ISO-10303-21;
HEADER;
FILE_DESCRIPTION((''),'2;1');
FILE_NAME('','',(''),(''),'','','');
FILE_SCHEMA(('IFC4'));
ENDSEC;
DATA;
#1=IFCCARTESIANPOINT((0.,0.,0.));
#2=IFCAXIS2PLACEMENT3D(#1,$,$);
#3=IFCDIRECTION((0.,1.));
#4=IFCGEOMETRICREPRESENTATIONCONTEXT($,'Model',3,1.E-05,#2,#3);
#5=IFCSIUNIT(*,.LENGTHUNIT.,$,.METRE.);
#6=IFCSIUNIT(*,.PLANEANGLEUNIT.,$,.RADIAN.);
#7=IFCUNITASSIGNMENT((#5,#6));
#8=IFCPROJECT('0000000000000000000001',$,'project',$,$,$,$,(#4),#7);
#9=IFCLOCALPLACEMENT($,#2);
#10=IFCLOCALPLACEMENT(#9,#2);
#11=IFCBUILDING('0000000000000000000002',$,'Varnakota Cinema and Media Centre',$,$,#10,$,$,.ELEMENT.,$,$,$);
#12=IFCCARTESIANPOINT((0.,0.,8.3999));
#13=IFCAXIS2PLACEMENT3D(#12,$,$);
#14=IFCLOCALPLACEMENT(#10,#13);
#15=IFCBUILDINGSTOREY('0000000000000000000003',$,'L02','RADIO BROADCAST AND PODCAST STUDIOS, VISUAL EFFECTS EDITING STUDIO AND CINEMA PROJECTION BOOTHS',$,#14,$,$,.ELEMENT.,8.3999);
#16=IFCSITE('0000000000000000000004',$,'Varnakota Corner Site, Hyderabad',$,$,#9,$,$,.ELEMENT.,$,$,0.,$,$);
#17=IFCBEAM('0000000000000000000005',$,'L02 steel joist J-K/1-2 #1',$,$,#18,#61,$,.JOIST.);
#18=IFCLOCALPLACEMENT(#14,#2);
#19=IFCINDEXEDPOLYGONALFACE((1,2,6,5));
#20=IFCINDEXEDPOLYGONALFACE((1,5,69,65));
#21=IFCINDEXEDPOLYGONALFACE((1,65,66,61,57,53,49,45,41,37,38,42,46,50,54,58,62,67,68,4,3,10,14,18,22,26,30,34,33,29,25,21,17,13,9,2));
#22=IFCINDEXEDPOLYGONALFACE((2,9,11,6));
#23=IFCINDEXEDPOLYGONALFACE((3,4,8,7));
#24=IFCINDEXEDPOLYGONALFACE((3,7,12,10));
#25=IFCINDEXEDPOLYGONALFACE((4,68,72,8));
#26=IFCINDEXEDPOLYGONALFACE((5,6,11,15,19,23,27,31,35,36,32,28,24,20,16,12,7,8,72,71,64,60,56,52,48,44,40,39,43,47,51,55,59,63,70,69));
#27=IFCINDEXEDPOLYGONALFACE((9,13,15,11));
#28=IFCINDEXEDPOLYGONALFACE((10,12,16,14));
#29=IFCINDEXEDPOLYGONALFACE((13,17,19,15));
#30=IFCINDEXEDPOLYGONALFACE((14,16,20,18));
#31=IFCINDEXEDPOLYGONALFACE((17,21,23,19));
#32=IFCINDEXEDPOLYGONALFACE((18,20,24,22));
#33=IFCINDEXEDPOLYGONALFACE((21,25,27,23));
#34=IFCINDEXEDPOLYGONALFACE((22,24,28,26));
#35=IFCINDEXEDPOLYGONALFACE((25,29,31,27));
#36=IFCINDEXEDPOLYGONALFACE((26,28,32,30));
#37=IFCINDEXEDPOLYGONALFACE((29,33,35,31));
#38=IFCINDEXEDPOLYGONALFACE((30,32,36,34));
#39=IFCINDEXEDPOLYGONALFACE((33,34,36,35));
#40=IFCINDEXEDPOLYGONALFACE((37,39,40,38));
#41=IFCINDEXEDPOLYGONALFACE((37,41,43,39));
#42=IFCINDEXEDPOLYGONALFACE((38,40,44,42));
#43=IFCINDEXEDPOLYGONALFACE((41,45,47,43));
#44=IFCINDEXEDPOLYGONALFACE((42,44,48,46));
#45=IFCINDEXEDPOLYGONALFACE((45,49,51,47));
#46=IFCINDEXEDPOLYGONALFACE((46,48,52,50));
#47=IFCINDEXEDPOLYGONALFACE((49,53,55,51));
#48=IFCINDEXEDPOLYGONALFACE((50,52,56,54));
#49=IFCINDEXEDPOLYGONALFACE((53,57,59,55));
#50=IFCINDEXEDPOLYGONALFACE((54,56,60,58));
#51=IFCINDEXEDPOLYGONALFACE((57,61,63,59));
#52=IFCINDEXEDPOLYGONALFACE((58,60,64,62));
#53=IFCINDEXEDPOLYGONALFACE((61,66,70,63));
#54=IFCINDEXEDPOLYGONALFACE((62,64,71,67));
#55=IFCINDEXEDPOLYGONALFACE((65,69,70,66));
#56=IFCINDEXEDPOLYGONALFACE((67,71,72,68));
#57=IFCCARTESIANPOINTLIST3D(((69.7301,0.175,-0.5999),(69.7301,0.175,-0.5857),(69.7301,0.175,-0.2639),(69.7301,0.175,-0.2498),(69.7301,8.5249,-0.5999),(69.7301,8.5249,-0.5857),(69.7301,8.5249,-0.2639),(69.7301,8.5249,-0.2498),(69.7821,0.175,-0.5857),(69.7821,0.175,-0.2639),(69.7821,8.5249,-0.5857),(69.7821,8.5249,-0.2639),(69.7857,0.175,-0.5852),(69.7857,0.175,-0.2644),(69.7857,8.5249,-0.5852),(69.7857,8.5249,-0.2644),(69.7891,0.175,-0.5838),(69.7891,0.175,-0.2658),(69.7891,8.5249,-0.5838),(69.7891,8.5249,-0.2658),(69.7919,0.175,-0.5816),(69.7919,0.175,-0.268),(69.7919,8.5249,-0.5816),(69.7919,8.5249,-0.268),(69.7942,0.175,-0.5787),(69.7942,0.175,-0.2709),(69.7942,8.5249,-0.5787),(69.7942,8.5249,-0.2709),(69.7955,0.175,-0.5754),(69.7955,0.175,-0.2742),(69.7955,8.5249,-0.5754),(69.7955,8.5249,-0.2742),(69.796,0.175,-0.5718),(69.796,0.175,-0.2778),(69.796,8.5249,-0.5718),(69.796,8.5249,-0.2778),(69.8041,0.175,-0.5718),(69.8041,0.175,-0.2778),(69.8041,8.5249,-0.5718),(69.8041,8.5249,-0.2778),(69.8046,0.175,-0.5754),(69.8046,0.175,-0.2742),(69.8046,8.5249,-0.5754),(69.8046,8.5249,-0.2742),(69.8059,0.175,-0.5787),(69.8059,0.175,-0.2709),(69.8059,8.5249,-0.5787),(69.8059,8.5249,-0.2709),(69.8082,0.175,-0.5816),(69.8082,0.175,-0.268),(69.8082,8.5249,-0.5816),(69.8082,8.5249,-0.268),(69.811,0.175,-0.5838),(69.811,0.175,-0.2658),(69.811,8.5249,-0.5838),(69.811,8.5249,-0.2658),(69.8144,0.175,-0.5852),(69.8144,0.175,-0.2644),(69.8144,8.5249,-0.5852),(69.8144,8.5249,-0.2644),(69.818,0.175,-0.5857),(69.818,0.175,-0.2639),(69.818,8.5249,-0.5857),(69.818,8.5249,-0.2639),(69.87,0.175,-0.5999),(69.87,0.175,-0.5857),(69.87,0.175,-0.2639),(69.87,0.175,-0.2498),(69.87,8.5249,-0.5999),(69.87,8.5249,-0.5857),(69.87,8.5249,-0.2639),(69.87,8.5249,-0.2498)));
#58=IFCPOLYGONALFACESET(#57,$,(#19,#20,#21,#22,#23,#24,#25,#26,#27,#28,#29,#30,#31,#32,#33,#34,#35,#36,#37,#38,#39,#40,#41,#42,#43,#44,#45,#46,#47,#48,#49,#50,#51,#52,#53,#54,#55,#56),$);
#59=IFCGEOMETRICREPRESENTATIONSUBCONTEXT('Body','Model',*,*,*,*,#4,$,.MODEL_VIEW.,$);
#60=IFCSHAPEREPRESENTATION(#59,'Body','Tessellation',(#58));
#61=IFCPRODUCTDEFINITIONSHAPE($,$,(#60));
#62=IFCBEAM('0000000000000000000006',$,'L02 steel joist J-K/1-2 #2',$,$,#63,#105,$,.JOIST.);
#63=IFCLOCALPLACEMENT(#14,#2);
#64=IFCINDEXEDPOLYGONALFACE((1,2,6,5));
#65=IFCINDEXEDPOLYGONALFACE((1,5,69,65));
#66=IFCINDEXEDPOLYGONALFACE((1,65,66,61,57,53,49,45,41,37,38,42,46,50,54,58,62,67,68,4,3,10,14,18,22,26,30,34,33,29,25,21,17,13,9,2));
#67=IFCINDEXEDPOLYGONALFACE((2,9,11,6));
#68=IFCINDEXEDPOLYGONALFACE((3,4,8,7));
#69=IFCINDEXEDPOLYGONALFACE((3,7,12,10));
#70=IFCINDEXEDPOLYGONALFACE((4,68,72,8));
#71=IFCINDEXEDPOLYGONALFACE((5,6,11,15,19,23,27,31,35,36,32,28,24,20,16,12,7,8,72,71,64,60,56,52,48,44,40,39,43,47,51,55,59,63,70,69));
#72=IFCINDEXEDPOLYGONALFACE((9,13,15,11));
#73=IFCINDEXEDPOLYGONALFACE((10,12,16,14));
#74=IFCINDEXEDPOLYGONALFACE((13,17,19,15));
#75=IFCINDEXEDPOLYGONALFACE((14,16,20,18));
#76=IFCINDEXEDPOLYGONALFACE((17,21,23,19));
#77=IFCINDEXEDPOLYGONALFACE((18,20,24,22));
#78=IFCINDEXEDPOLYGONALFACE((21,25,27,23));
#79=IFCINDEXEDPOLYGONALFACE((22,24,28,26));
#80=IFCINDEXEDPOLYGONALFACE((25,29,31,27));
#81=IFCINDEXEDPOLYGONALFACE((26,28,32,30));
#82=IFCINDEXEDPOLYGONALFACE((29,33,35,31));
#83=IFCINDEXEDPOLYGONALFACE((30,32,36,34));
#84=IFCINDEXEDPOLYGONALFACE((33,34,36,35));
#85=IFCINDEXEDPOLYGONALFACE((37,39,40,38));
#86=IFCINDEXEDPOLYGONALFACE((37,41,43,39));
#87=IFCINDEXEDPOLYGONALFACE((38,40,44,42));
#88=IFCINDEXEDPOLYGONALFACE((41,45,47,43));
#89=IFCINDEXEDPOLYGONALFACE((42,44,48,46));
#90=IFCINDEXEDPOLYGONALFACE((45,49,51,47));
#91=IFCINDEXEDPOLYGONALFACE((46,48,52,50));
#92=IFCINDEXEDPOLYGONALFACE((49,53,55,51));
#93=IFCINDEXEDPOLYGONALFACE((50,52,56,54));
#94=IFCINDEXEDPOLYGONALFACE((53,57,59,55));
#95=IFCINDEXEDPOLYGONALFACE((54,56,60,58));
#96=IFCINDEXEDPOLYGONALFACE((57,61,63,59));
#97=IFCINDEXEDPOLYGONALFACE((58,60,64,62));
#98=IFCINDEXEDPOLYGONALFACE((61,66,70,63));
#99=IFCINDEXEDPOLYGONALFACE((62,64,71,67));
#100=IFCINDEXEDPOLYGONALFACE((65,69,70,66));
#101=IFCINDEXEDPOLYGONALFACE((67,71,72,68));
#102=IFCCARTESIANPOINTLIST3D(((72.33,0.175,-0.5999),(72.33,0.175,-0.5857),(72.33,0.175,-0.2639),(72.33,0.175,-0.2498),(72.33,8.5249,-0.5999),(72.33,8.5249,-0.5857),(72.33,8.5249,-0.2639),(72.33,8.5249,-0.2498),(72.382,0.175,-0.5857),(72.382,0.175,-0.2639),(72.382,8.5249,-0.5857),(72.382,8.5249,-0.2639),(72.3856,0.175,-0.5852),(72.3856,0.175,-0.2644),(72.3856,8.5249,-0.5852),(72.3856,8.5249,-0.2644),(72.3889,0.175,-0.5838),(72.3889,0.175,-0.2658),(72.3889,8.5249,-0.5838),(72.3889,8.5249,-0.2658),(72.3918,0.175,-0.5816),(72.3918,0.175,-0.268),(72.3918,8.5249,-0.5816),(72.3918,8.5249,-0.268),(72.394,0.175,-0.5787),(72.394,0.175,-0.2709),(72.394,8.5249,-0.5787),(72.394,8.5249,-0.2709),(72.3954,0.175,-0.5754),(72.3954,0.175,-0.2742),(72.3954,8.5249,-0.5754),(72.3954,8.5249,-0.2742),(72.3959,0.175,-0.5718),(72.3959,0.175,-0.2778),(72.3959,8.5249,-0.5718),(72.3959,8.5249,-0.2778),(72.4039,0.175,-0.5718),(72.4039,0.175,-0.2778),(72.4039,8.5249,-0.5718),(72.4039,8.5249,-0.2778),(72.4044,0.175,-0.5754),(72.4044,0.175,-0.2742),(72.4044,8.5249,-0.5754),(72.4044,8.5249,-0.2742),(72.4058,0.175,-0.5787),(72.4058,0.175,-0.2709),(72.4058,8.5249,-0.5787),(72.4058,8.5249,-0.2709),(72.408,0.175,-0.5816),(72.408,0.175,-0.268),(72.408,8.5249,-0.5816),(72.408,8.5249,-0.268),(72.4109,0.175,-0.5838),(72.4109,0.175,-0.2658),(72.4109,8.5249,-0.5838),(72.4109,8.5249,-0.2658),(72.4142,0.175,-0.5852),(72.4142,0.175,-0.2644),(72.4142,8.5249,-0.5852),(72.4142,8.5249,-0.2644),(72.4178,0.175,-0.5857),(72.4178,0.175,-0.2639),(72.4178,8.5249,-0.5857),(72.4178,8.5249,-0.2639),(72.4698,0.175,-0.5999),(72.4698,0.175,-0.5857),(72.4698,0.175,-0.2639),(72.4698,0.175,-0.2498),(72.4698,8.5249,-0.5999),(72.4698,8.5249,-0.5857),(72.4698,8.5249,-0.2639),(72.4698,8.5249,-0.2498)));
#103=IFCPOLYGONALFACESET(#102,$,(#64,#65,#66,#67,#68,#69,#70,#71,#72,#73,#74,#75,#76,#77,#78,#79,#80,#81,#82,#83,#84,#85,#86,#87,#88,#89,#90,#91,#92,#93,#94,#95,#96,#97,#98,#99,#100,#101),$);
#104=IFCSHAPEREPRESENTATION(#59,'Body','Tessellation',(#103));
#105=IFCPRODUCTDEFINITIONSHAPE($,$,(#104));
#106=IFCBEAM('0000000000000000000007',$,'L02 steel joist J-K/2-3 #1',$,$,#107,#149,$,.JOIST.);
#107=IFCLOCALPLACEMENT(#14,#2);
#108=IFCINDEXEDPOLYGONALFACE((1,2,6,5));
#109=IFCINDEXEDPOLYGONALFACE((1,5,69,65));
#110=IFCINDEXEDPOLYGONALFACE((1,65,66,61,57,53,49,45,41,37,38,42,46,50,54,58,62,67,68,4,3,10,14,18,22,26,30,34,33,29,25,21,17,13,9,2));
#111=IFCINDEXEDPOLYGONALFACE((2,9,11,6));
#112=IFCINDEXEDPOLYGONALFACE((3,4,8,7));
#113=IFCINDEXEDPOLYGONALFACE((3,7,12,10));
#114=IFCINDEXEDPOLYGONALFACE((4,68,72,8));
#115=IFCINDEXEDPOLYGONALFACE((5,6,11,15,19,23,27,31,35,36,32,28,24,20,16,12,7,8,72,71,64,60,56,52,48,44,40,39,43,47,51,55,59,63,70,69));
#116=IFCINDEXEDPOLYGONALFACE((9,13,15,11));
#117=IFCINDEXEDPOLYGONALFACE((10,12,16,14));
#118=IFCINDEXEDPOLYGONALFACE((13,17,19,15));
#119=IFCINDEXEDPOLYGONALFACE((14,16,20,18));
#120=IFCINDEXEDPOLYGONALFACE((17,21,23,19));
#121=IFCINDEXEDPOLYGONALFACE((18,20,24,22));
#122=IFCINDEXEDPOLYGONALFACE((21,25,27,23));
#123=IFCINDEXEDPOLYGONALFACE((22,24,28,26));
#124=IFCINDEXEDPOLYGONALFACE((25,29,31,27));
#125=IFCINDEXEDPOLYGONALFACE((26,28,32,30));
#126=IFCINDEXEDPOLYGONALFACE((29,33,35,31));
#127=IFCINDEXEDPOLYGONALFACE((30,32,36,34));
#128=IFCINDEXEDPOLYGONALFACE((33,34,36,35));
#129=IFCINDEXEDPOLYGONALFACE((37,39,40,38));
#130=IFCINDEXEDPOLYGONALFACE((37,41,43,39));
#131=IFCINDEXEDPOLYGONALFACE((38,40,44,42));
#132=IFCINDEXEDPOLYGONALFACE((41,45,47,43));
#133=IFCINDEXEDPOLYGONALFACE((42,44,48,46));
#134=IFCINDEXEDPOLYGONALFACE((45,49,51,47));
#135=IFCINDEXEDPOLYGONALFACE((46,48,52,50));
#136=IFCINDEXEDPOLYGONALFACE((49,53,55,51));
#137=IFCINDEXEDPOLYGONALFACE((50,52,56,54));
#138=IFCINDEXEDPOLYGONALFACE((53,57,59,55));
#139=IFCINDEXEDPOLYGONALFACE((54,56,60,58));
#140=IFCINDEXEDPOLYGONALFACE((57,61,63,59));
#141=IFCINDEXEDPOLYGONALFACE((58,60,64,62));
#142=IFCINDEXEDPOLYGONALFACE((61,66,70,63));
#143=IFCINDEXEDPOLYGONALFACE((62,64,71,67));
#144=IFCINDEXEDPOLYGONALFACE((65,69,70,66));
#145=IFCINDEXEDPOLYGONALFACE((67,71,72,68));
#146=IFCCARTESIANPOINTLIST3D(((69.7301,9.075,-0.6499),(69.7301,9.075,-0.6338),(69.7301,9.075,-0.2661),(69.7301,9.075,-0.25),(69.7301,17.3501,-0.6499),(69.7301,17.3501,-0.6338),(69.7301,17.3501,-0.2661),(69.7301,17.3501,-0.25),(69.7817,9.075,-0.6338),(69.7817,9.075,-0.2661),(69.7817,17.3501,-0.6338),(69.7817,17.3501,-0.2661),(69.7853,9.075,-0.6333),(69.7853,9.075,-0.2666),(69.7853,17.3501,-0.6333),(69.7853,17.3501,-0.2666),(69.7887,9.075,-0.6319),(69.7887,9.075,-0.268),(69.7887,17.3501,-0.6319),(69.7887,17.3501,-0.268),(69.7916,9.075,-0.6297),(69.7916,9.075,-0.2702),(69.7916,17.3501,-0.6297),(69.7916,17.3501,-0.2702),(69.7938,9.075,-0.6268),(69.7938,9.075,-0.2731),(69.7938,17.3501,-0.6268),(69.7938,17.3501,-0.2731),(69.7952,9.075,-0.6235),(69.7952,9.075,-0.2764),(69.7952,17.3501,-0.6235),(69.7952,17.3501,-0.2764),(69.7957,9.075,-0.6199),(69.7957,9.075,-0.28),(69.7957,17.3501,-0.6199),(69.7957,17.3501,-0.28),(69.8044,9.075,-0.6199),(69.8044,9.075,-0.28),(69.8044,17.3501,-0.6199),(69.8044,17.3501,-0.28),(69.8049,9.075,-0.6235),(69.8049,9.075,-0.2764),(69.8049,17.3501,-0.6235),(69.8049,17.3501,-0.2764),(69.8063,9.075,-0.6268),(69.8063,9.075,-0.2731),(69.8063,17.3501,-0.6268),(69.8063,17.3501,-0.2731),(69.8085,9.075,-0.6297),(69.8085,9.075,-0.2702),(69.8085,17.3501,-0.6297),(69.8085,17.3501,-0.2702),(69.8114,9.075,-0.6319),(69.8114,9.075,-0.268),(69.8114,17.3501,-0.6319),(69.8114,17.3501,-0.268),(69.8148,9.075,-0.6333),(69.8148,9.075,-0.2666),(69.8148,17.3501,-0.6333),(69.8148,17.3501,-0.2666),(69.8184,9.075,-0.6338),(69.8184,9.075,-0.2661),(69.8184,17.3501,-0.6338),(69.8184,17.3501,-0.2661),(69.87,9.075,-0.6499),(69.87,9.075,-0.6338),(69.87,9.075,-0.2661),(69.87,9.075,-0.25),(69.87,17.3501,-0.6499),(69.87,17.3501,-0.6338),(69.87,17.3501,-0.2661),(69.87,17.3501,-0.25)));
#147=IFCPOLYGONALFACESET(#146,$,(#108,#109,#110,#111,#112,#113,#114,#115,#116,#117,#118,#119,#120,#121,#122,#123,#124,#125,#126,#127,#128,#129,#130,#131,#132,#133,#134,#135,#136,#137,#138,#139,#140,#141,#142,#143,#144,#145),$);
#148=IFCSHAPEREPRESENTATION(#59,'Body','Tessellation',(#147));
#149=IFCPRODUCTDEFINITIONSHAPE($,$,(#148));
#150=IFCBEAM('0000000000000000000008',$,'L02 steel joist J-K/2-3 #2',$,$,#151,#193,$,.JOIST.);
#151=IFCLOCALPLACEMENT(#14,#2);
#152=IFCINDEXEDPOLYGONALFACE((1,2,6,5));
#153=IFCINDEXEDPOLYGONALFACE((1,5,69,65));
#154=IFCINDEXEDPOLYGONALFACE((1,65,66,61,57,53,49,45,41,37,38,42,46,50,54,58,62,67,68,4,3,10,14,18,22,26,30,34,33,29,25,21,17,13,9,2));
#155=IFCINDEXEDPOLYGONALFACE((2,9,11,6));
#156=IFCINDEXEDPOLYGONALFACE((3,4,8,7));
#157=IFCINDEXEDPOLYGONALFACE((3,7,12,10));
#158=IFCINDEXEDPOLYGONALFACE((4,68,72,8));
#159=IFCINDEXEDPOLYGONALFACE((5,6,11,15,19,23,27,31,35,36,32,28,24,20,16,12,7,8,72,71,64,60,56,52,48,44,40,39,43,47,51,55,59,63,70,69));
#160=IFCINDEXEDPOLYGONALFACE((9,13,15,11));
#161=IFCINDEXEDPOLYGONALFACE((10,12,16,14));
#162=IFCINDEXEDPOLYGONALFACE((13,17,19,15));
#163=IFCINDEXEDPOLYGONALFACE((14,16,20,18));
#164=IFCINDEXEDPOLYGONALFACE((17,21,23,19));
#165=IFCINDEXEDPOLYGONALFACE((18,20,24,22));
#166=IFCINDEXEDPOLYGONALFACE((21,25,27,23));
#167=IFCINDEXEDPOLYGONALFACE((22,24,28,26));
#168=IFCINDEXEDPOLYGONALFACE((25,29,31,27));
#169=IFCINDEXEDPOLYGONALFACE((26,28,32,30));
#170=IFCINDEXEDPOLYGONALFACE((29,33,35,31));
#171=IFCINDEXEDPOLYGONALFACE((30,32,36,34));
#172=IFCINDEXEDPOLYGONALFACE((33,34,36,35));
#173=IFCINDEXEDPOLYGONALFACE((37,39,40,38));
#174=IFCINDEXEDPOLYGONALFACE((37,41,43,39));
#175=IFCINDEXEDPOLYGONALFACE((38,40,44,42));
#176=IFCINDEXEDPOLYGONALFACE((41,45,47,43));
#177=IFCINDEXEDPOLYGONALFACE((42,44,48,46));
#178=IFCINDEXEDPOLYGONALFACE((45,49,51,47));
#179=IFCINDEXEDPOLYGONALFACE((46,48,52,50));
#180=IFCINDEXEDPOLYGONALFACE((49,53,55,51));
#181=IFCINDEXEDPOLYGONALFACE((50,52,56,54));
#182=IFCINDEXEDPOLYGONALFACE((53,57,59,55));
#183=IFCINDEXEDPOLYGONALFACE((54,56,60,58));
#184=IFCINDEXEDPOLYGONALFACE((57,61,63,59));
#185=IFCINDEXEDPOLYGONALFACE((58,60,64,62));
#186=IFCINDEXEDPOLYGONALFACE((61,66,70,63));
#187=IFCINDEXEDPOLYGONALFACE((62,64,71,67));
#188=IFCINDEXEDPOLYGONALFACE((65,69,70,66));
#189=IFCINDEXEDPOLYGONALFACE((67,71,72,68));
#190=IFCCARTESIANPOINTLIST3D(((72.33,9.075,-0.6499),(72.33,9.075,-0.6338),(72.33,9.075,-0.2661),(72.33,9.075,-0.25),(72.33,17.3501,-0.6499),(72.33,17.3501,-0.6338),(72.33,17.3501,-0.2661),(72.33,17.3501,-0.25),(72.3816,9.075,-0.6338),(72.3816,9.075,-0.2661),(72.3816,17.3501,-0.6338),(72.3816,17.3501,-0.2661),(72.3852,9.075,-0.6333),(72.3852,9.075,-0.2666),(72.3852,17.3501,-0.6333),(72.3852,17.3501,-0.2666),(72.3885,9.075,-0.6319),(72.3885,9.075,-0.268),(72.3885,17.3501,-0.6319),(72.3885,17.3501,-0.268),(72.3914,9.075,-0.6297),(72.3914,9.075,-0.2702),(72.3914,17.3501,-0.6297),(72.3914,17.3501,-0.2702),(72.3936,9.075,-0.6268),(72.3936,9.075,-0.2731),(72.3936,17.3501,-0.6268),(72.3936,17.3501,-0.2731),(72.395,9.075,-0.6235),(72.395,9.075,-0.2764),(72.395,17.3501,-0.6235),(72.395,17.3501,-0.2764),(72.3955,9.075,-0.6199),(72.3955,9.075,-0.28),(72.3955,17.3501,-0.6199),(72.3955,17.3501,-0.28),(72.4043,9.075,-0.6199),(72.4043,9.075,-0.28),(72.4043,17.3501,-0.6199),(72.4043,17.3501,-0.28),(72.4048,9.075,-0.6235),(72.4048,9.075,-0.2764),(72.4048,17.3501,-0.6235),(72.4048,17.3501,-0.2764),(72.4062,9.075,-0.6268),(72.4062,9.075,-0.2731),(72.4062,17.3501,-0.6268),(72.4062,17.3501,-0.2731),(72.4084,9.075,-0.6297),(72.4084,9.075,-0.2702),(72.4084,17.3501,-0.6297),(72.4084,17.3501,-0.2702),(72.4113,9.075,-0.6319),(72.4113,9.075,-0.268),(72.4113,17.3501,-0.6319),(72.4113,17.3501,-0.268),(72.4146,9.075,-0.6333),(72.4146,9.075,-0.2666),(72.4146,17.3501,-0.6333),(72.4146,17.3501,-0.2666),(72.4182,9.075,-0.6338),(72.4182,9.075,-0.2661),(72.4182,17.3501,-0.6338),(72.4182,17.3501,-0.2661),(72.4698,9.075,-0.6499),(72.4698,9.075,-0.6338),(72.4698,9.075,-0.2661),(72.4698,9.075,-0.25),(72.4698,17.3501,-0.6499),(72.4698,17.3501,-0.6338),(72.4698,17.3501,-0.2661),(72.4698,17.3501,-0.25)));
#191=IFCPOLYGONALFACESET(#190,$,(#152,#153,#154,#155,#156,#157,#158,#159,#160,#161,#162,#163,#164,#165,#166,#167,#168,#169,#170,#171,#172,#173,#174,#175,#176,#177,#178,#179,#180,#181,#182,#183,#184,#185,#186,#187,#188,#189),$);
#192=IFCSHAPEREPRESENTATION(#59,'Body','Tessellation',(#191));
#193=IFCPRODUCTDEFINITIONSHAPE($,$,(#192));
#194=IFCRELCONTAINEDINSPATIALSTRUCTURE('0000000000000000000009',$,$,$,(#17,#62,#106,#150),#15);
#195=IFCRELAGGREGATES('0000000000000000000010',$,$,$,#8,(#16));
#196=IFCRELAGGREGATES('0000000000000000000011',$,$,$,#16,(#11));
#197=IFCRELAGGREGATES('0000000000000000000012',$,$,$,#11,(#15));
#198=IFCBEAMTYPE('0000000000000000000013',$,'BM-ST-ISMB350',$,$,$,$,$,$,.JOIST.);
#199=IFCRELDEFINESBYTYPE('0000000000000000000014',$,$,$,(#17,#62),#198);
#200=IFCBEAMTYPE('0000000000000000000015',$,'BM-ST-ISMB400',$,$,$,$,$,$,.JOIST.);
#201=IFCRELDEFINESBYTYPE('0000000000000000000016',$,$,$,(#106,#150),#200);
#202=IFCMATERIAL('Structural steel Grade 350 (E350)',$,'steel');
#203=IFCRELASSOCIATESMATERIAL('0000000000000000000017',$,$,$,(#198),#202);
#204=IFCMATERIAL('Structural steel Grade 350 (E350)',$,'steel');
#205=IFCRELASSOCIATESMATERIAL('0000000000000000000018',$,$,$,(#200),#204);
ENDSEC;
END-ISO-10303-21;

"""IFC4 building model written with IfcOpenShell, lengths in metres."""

from ifc_helpers import new_model, si_unit, direction, frame, origin, origin_2d, place, context, subcontext, project, spatial, i_section, extrude, material, material_profile, profile_set, type_object, element, save


model = new_model("IFC4")

# Units and contexts
model_context = context("Model", 3, precision=1e-05, world=origin(), true_north=direction((0.0, 1.0)))
body_context = subcontext(model_context, "Body", "Model", "MODEL_VIEW")
ifc_project = project(units=[si_unit("LENGTHUNIT", "METRE"), si_unit("PLANEANGLEUNIT", "RADIAN")], contexts=[model_context])

# Site, building, storey
site_placement = place(None, origin())
site = spatial("IfcSite", under=ifc_project, at=site_placement, Name="Varnakota Corner Site, Hyderabad", CompositionType="ELEMENT", RefElevation=0.0)
building_placement = place(site_placement, origin())
building = spatial("IfcBuilding", under=site, at=building_placement, Name="Varnakota Cinema and Media Centre", CompositionType="ELEMENT")
storey_placement = place(building_placement, frame((0.0, 0.0, 8.3999)))
storey = spatial("IfcBuildingStorey", under=building, at=storey_placement, Name="L02", Description="RADIO BROADCAST AND PODCAST STUDIOS, VISUAL EFFECTS EDITING STUDIO AND CINEMA PROJECTION BOOTHS", CompositionType="ELEMENT", Elevation=8.3999)

# Beams
ifc_material_1 = material(Name="Structural steel Grade 350 (E350)", Category="steel")
ifc_material_profile_1 = material_profile(ifc_material_1, i_section(OverallWidth=0.1399, OverallDepth=0.3501, WebThickness=0.0081, FlangeThickness=0.0142, FilletRadius=0.0139, at=origin_2d()), Name="ISMB 350")
ifc_profile_set_1 = profile_set([ifc_material_profile_1], Name="Structural steel Grade 350 (E350)")
beam_type_1 = type_object("IfcBeamType", Name="BM-ST-ISMB350", PredefinedType="JOIST", material=ifc_profile_set_1)
for number, where, z_axis, x_axis, name in (
    (1, (69.8, 0.175, -0.4248), (0.0, 1.0, 0.0), (-1.0, 0.0, 0.0), "L02 steel joist J-K/1-2 #1"),
    (2, (72.3999, 0.175, -0.4248), (0.0, 1.0, 0.0), (-1.0, 0.0, 0.0), "L02 steel joist J-K/1-2 #2"),
):
    element("IfcBeam", number, at=place(storey_placement, frame(where, z_axis=z_axis, x_axis=x_axis)), inside=storey, type_object=beam_type_1, Name=name, PredefinedType="JOIST", context=body_context, shape_type="SweptSolid", body=[
        extrude(i_section(OverallWidth=0.1399, OverallDepth=0.3501, WebThickness=0.0081, FlangeThickness=0.0142, FilletRadius=0.0139, at=origin_2d()), origin(), (0.0, 0.0, 1.0), 8.3499),
    ])
ifc_material_2 = material(Name="Structural steel Grade 350 (E350)", Category="steel")
ifc_material_profile_2 = material_profile(ifc_material_2, i_section(OverallWidth=0.1399, OverallDepth=0.3999, WebThickness=0.0088, FlangeThickness=0.0161, FilletRadius=0.0139, at=origin_2d()), Name="ISMB 400")
ifc_profile_set_2 = profile_set([ifc_material_profile_2], Name="Structural steel Grade 350 (E350)")
beam_type_2 = type_object("IfcBeamType", Name="BM-ST-ISMB400", PredefinedType="JOIST", material=ifc_profile_set_2)
for number, where, z_axis, x_axis, name in (
    (3, (69.8, 9.075, -0.45), (0.0, 1.0, 0.0), (-1.0, 0.0, 0.0), "L02 steel joist J-K/2-3 #1"),
    (4, (72.3999, 9.075, -0.45), (0.0, 1.0, 0.0), (-1.0, 0.0, 0.0), "L02 steel joist J-K/2-3 #2"),
):
    element("IfcBeam", number, at=place(storey_placement, frame(where, z_axis=z_axis, x_axis=x_axis)), inside=storey, type_object=beam_type_2, Name=name, PredefinedType="JOIST", context=body_context, shape_type="SweptSolid", body=[
        extrude(i_section(OverallWidth=0.1399, OverallDepth=0.3999, WebThickness=0.0088, FlangeThickness=0.0161, FilletRadius=0.0139, at=origin_2d()), origin(), (0.0, 0.0, 1.0), 8.2751),
    ])

save(model, "model.ifc")
